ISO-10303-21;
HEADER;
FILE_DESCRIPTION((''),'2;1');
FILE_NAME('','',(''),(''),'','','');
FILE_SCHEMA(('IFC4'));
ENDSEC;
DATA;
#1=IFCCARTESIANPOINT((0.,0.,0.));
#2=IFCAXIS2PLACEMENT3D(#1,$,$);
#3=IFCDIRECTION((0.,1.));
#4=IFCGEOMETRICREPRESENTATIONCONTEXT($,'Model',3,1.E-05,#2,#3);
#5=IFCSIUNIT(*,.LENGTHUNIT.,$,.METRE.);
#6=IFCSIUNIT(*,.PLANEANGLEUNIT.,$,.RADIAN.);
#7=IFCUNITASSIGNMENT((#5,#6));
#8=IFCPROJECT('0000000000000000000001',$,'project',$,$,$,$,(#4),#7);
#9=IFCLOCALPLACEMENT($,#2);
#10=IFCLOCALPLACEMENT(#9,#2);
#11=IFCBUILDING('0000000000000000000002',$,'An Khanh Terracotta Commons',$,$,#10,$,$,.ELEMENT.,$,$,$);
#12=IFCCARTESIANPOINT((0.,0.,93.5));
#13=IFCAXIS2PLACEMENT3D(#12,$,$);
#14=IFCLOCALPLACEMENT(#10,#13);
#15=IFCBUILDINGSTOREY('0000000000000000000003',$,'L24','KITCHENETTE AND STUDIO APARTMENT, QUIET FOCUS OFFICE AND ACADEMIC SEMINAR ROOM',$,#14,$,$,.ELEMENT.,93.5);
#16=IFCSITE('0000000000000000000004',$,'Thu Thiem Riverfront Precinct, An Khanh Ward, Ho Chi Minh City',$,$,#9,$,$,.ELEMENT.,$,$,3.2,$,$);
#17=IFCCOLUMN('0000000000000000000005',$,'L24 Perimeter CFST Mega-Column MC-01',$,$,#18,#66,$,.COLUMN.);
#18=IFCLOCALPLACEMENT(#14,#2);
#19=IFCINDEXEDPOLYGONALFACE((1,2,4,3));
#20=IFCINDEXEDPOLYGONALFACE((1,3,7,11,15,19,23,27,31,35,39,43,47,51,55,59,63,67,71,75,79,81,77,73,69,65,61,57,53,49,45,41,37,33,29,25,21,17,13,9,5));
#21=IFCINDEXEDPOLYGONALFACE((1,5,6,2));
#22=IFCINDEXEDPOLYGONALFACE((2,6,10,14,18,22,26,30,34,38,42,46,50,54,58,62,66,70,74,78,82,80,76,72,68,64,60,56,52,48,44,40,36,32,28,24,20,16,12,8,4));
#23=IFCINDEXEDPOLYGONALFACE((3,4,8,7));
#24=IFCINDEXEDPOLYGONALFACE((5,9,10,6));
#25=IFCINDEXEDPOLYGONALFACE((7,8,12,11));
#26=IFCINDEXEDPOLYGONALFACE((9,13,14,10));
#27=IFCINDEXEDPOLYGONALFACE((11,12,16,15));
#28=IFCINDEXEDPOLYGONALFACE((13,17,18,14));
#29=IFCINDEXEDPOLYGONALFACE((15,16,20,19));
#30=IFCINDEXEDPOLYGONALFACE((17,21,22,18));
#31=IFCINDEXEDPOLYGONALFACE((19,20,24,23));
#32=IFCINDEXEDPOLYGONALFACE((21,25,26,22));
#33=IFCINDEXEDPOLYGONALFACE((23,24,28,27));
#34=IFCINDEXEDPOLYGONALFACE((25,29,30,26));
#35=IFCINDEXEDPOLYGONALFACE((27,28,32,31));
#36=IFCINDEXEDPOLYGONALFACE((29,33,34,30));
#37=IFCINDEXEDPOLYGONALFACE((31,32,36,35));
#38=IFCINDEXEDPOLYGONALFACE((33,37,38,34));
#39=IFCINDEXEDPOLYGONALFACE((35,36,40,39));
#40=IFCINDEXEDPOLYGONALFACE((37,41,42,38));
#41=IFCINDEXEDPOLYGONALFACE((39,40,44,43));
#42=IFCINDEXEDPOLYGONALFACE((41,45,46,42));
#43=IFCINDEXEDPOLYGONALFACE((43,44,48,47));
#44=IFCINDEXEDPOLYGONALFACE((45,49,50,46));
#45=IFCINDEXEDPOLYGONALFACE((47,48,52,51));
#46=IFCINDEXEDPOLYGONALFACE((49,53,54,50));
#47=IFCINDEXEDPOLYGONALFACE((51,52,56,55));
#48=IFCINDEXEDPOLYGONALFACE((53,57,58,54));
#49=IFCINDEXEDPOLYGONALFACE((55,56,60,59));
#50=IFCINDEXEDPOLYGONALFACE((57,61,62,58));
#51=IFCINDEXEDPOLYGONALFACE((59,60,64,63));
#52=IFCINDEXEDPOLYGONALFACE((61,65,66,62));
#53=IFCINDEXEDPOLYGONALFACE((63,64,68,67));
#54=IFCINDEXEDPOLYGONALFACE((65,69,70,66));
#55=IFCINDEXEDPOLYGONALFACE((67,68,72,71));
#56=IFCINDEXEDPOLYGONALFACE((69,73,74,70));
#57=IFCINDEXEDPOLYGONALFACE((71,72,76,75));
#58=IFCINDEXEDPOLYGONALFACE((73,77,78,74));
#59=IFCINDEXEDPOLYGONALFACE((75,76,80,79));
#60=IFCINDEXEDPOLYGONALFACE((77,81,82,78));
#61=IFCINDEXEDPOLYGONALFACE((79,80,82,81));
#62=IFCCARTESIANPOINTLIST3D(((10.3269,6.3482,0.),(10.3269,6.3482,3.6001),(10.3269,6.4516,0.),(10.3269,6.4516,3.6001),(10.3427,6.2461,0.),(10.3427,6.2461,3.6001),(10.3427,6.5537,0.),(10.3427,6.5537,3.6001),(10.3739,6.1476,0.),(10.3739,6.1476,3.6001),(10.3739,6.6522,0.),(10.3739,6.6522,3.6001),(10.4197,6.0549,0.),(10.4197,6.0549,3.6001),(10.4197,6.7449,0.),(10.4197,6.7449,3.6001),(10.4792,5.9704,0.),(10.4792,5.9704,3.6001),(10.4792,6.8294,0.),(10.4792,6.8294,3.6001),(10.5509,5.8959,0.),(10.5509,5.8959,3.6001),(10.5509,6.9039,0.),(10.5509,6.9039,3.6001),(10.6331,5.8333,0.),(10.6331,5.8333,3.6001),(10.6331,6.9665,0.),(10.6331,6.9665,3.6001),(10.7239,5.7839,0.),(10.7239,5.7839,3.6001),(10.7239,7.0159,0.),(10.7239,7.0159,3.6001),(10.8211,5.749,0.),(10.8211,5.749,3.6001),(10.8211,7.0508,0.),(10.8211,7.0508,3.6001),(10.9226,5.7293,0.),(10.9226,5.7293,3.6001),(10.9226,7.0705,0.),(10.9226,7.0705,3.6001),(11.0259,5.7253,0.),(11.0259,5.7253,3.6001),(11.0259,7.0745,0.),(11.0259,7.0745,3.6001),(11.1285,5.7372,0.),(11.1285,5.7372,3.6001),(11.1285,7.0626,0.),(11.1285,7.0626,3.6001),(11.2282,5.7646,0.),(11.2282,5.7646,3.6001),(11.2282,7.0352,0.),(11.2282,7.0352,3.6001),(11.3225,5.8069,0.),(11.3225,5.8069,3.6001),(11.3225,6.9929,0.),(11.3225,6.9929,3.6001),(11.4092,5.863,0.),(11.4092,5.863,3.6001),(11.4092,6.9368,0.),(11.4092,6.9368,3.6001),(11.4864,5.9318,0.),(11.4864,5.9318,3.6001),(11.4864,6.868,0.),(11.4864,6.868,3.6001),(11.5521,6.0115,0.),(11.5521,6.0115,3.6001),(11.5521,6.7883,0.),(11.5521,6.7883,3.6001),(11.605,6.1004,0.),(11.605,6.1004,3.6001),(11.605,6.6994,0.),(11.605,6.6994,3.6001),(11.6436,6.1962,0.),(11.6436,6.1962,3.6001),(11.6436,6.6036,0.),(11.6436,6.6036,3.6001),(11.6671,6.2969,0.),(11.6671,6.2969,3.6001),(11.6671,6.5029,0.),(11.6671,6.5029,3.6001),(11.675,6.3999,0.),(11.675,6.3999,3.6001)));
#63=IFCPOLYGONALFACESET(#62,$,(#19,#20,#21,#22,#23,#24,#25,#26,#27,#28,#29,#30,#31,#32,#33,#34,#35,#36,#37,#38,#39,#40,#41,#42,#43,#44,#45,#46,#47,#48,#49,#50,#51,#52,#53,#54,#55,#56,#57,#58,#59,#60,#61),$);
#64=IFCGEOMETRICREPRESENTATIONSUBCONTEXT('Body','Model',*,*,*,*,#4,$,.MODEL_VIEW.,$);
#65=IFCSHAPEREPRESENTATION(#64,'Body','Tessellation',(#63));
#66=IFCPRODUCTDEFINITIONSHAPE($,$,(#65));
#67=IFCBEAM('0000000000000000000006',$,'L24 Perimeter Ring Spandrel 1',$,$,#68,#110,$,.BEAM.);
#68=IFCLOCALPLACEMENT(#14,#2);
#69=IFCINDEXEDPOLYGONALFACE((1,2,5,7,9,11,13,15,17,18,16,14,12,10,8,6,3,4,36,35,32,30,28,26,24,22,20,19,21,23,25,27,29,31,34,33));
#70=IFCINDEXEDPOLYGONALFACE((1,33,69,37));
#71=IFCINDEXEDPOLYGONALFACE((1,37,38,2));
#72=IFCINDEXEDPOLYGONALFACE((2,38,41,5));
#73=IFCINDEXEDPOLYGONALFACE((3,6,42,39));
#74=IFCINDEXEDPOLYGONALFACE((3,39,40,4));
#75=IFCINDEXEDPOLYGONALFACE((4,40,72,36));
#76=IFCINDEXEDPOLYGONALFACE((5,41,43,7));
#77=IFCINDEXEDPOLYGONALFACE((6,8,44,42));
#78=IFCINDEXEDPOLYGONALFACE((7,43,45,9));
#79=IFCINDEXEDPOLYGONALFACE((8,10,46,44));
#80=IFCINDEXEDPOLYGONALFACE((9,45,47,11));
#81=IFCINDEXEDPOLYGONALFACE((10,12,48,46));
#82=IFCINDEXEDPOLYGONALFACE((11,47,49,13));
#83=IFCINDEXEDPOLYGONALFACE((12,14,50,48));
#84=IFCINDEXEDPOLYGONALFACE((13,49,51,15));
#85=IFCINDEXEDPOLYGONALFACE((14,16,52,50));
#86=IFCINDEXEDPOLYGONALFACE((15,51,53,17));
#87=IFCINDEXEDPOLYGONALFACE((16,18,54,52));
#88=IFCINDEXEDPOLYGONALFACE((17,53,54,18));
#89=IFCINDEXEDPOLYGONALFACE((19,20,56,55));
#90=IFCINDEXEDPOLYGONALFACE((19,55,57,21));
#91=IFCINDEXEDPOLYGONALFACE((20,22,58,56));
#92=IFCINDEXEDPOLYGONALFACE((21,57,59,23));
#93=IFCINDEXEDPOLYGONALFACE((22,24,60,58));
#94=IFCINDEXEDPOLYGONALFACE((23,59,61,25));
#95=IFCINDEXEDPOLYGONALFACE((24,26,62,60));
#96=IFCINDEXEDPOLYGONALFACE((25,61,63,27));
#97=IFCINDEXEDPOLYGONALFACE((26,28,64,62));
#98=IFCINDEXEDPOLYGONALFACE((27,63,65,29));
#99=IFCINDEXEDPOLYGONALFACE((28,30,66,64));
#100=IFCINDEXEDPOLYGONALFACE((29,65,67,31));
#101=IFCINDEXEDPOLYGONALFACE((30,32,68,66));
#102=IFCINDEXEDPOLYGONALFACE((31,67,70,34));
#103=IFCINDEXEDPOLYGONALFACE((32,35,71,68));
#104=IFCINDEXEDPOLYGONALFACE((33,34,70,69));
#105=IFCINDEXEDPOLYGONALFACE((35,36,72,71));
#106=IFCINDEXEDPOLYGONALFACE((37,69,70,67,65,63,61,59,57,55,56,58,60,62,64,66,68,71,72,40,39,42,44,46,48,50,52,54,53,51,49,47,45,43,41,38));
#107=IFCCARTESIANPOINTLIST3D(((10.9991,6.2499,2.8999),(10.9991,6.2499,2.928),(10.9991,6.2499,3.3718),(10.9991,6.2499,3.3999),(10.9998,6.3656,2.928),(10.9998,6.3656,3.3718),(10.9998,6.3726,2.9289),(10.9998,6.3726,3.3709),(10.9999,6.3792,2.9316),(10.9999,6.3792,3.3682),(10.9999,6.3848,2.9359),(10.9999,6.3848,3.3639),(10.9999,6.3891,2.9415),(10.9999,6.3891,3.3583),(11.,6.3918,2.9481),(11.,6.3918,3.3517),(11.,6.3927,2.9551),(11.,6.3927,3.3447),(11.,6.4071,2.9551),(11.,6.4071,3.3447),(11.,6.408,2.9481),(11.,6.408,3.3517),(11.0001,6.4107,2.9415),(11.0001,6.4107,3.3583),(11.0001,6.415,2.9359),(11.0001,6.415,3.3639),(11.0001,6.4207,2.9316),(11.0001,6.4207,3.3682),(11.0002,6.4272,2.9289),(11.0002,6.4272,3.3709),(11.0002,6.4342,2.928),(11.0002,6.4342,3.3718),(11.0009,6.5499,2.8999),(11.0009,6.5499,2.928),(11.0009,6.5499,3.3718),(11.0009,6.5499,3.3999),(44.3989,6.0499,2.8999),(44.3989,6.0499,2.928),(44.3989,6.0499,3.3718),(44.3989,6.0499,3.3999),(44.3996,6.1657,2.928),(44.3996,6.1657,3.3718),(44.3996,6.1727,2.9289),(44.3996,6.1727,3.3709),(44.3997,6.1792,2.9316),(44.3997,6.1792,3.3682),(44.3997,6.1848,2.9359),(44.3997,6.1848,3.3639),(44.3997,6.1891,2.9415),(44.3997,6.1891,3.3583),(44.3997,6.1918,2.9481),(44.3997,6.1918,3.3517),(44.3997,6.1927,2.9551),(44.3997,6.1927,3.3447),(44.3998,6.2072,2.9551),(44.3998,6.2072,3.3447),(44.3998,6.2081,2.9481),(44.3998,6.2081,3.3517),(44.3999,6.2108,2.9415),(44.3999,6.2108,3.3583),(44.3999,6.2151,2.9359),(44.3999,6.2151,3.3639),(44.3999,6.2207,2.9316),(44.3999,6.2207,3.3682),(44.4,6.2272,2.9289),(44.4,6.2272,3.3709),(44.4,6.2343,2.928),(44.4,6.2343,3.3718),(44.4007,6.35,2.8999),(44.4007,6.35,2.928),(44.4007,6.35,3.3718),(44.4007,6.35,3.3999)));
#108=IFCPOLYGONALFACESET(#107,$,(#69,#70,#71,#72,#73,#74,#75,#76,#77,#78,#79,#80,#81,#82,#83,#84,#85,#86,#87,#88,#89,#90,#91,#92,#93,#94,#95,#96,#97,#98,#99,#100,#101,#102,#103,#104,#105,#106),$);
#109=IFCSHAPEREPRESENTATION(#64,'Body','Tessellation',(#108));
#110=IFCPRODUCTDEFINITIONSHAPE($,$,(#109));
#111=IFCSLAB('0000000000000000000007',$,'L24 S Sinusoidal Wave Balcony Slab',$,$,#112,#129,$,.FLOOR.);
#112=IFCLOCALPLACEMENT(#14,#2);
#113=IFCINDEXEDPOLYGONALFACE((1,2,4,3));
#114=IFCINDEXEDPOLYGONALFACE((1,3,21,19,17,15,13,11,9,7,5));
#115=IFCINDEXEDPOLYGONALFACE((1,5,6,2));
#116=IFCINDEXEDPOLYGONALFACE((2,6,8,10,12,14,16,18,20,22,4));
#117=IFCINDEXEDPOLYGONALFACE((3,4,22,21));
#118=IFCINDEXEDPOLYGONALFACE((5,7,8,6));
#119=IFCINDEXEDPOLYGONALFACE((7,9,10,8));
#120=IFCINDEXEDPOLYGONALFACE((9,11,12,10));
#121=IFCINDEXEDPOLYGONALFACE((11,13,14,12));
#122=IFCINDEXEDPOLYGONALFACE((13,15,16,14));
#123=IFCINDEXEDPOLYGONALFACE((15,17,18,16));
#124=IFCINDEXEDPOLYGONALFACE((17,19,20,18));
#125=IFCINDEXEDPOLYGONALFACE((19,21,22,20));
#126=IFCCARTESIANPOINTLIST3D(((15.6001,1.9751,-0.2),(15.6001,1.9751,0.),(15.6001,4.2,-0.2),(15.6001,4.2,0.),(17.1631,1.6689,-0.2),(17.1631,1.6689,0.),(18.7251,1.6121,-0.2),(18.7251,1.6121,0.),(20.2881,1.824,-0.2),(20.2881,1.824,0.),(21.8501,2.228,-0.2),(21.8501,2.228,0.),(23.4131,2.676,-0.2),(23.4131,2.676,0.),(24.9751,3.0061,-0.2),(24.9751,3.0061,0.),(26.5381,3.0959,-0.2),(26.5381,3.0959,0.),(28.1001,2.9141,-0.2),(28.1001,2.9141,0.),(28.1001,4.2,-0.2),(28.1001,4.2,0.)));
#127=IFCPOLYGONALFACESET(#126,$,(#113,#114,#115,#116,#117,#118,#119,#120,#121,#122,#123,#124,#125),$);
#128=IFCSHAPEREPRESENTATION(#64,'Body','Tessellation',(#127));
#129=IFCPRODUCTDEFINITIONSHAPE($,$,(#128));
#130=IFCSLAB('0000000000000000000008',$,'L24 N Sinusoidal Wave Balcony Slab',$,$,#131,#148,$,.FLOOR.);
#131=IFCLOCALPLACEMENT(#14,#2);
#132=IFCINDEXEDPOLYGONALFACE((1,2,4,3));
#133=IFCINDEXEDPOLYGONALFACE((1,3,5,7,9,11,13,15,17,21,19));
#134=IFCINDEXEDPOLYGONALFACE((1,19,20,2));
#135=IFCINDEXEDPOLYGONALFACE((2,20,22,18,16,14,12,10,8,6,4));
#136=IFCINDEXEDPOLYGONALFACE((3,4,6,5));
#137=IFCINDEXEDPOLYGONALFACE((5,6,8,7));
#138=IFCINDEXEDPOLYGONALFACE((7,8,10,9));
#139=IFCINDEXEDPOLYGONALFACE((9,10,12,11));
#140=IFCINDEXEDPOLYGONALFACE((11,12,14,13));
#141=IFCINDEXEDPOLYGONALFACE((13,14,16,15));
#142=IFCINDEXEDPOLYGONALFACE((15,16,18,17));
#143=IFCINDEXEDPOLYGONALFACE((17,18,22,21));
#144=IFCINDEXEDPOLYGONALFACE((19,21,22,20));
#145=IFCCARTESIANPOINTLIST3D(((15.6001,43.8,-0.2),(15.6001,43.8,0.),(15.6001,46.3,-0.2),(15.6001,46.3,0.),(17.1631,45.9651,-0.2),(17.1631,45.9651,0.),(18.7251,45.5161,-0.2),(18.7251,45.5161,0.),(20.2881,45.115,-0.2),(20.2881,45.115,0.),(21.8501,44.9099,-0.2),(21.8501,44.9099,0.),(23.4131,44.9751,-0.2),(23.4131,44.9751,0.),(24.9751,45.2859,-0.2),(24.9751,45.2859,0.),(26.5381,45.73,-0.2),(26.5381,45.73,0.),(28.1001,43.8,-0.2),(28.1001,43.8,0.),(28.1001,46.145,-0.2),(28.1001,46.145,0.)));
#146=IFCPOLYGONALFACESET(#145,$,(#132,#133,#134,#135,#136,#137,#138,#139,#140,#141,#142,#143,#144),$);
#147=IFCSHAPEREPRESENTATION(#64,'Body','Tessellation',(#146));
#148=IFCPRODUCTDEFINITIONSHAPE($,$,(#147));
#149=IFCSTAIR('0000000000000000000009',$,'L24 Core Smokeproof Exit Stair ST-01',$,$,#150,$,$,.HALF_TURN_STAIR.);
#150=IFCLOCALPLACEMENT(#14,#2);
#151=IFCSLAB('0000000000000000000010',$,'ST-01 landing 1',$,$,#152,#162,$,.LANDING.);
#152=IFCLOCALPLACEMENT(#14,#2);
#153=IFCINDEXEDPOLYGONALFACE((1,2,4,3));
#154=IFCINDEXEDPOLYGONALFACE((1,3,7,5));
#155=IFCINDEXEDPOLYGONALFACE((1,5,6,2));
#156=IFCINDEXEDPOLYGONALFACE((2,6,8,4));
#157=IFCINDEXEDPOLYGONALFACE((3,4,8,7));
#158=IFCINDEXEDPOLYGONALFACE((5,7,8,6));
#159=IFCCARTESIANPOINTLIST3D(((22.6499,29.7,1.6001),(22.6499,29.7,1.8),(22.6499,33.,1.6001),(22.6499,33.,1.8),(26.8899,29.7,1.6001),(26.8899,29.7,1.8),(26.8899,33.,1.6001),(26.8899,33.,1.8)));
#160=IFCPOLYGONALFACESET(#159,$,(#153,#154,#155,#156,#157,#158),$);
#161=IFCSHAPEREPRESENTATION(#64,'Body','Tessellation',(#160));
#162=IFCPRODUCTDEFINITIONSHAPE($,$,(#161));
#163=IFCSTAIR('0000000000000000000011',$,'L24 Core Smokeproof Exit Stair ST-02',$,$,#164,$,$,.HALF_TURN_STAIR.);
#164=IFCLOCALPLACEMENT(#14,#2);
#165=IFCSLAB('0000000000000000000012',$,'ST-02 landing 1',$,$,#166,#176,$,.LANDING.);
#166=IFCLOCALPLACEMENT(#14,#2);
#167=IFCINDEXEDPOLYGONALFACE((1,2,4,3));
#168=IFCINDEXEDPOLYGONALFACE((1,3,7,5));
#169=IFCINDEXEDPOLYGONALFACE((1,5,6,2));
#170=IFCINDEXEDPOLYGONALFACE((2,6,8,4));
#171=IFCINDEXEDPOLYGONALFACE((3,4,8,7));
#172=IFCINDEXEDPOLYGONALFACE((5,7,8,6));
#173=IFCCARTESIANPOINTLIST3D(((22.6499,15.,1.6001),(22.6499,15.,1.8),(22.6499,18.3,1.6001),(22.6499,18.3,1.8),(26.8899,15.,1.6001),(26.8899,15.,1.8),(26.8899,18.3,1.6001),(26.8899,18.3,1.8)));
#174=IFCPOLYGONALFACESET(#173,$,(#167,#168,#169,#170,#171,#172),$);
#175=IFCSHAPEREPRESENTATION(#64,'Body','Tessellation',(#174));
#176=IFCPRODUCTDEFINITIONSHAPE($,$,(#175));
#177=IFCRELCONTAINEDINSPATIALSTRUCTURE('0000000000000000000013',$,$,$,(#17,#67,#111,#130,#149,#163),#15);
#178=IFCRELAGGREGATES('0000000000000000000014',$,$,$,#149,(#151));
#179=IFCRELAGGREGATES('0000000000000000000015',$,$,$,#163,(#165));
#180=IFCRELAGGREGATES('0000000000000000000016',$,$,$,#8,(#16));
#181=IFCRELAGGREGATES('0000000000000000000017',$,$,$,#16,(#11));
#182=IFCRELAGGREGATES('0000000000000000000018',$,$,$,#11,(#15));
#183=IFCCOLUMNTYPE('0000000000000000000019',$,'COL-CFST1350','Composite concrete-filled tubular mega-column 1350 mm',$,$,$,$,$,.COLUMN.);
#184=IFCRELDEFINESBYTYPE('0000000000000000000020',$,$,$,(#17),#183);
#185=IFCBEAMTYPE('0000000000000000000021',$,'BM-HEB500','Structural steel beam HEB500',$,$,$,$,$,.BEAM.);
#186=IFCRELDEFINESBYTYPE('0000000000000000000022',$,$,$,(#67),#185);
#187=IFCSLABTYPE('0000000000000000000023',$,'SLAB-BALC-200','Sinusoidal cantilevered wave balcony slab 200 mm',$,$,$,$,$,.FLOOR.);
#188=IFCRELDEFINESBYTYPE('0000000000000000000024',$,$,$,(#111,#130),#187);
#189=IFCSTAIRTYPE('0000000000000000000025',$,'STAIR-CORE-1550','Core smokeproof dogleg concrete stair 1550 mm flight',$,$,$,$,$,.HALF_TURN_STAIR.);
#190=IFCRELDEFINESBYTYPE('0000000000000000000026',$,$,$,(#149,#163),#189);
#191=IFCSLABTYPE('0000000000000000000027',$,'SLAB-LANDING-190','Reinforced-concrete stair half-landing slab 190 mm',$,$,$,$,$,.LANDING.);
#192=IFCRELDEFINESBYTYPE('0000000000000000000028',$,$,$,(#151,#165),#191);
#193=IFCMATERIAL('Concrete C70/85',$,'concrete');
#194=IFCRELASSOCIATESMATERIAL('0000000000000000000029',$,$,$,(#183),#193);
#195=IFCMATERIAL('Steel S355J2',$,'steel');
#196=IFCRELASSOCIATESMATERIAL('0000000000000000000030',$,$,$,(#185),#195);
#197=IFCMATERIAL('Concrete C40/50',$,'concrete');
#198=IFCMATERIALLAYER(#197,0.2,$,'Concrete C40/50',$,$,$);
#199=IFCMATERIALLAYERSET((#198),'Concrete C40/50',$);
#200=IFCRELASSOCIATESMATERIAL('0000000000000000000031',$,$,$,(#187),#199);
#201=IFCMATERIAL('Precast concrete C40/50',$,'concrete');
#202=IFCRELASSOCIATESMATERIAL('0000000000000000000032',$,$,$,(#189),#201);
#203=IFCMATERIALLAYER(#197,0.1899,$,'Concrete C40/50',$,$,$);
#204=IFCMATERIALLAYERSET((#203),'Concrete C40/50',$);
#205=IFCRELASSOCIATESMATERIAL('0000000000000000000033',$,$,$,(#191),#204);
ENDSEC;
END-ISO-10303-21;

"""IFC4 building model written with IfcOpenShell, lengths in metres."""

from ifc_helpers import new_model, si_unit, direction, frame, origin, origin_2d, place, context, subcontext, project, spatial, polyline, circle, i_section, outline, extrude, material, layer, layer_set, material_profile, profile_set, type_object, element, aggregate, save


model = new_model("IFC4")

# Units and contexts
model_context = context("Model", 3, precision=1e-05, world=origin(), true_north=direction((0.0, 1.0)))
body_context = subcontext(model_context, "Body", "Model", "MODEL_VIEW")
ifc_project = project(units=[si_unit("LENGTHUNIT", "METRE"), si_unit("PLANEANGLEUNIT", "RADIAN")], contexts=[model_context])

# Site, building, storey
site_placement = place(None, origin())
site = spatial("IfcSite", under=ifc_project, at=site_placement, Name="Thu Thiem Riverfront Precinct, An Khanh Ward, Ho Chi Minh City", CompositionType="ELEMENT", RefElevation=3.2)
building_placement = place(site_placement, origin())
building = spatial("IfcBuilding", under=site, at=building_placement, Name="An Khanh Terracotta Commons", CompositionType="ELEMENT")
storey_placement = place(building_placement, frame((0.0, 0.0, 93.5)))
storey = spatial("IfcBuildingStorey", under=building, at=storey_placement, Name="L24", Description="KITCHENETTE AND STUDIO APARTMENT, QUIET FOCUS OFFICE AND ACADEMIC SEMINAR ROOM", CompositionType="ELEMENT", Elevation=93.5)

# Column
ifc_material_1 = material(Name="Concrete C70/85", Category="concrete")
ifc_material_profile_1 = material_profile(ifc_material_1, circle(Radius=0.675, at=origin_2d()), Name="CFST1350")
ifc_profile_set_1 = profile_set([ifc_material_profile_1], Name="Concrete C70/85")
column_type = type_object("IfcColumnType", Name="COL-CFST1350", Description="Composite concrete-filled tubular mega-column 1350 mm", PredefinedType="COLUMN", material=ifc_profile_set_1)
column_placement = place(storey_placement, frame((11.0, 6.3999, 0.0), z_axis=(0.0, 0.0, 1.0), x_axis=(1.0, 0.0, 0.0)))
element("IfcColumn", 1, at=column_placement, inside=storey, type_object=column_type, Name="L24 Perimeter CFST Mega-Column MC-01", PredefinedType="COLUMN", context=body_context, shape_type="SweptSolid", body=[
    extrude(circle(Radius=0.675, at=origin_2d()), origin(), (0.0, 0.0, 1.0), 3.6001),
])

# Beam
ifc_material_2 = material(Name="Steel S355J2", Category="steel")
ifc_material_profile_2 = material_profile(ifc_material_2, i_section(OverallWidth=0.3, OverallDepth=0.5, WebThickness=0.0144, FlangeThickness=0.0281, FilletRadius=0.0271, at=origin_2d()), Name="HEB500")
ifc_profile_set_2 = profile_set([ifc_material_profile_2], Name="Steel S355J2")
beam_type = type_object("IfcBeamType", Name="BM-HEB500", Description="Structural steel beam HEB500", PredefinedType="BEAM", material=ifc_profile_set_2)
beam_placement = place(storey_placement, frame((11.0, 6.3999, 3.1499), z_axis=(0.999982, -0.005986, 0.0), x_axis=(0.005986, 0.999982, 0.0)))
element("IfcBeam", 2, at=beam_placement, inside=storey, type_object=beam_type, Name="L24 Perimeter Ring Spandrel 1", PredefinedType="BEAM", context=body_context, shape_type="SweptSolid", body=[
    extrude(i_section(OverallWidth=0.3, OverallDepth=0.5, WebThickness=0.0144, FlangeThickness=0.0281, FilletRadius=0.0271, at=origin_2d()), origin(), (0.0, 0.0, 1.0), 33.4004),
])

# Slabs
ifc_material_3 = material(Name="Concrete C40/50", Category="concrete")
ifc_layer_1 = layer(ifc_material_3, 0.2, Name="Concrete C40/50")
ifc_layer_set_1 = layer_set([ifc_layer_1], Name="Concrete C40/50")
slab_type_1 = type_object("IfcSlabType", Name="SLAB-BALC-200", Description="Sinusoidal cantilevered wave balcony slab 200 mm", PredefinedType="FLOOR", material=ifc_layer_set_1)
slab_1_placement = place(storey_placement, frame((0.0, 0.0, -0.2)))
element("IfcSlab", 3, at=slab_1_placement, inside=storey, type_object=slab_type_1, Name="L24 S Sinusoidal Wave Balcony Slab", PredefinedType="FLOOR", context=body_context, shape_type="SweptSolid", body=[
    extrude(outline(polyline([(15.6001, 4.2), (15.6001, 1.9751), (17.1631, 1.6689), (18.7251, 1.6121), (20.2881, 1.824), (21.8501, 2.228), (23.4131, 2.676), (24.9751, 3.0061), (26.5381, 3.0959), (28.1001, 2.9141), (28.1001, 4.2), (15.6001, 4.2)])), origin(), (0.0, 0.0, 1.0), 0.2),
])
slab_2_placement = place(storey_placement, frame((0.0, 0.0, -0.2)))
element("IfcSlab", 4, at=slab_2_placement, inside=storey, type_object=slab_type_1, Name="L24 N Sinusoidal Wave Balcony Slab", PredefinedType="FLOOR", context=body_context, shape_type="SweptSolid", body=[
    extrude(outline(polyline([(28.1001, 43.8), (28.1001, 46.145), (26.5381, 45.73), (24.9751, 45.2859), (23.4131, 44.9751), (21.8501, 44.9099), (20.2881, 45.115), (18.7251, 45.5161), (17.1631, 45.9651), (15.6001, 46.3), (15.6001, 43.8), (28.1001, 43.8)])), origin(), (0.0, 0.0, 1.0), 0.2),
])

# Stairs, slabs
ifc_material_4 = material(Name="Precast concrete C40/50", Category="concrete")
stair_type = type_object("IfcStairType", Name="STAIR-CORE-1550", Description="Core smokeproof dogleg concrete stair 1550 mm flight", PredefinedType="HALF_TURN_STAIR", material=ifc_material_4)
stair_1_placement = place(storey_placement, origin())
stair_1 = element("IfcStair", 5, at=stair_1_placement, inside=storey, type_object=stair_type, Name="L24 Core Smokeproof Exit Stair ST-01", PredefinedType="HALF_TURN_STAIR")
ifc_layer_2 = layer(ifc_material_3, 0.1899, Name="Concrete C40/50")
ifc_layer_set_2 = layer_set([ifc_layer_2], Name="Concrete C40/50")
slab_type_2 = type_object("IfcSlabType", Name="SLAB-LANDING-190", Description="Reinforced-concrete stair half-landing slab 190 mm", PredefinedType="LANDING", material=ifc_layer_set_2)
slab_3_placement = place(storey_placement, frame((0.0, 0.0, 1.6001)))
slab_3 = element("IfcSlab", 6, at=slab_3_placement, type_object=slab_type_2, Name="ST-01 landing 1", PredefinedType="LANDING", context=body_context, shape_type="SweptSolid", body=[
    extrude(outline(polyline([(26.8899, 33.0), (22.6499, 33.0), (22.6499, 29.7), (26.8899, 29.7), (26.8899, 33.0)])), origin(), (0.0, 0.0, 1.0), 0.2),
])
aggregate(stair_1, [slab_3])
stair_2_placement = place(storey_placement, origin())
stair_2 = element("IfcStair", 7, at=stair_2_placement, inside=storey, type_object=stair_type, Name="L24 Core Smokeproof Exit Stair ST-02", PredefinedType="HALF_TURN_STAIR")
slab_4_placement = place(storey_placement, frame((0.0, 0.0, 1.6001)))
slab_4 = element("IfcSlab", 8, at=slab_4_placement, type_object=slab_type_2, Name="ST-02 landing 1", PredefinedType="LANDING", context=body_context, shape_type="SweptSolid", body=[
    extrude(outline(polyline([(26.8899, 18.3), (22.6499, 18.3), (22.6499, 15.0), (26.8899, 15.0), (26.8899, 18.3)])), origin(), (0.0, 0.0, 1.0), 0.2),
])
aggregate(stair_2, [slab_4])

save(model, "model.ifc")
